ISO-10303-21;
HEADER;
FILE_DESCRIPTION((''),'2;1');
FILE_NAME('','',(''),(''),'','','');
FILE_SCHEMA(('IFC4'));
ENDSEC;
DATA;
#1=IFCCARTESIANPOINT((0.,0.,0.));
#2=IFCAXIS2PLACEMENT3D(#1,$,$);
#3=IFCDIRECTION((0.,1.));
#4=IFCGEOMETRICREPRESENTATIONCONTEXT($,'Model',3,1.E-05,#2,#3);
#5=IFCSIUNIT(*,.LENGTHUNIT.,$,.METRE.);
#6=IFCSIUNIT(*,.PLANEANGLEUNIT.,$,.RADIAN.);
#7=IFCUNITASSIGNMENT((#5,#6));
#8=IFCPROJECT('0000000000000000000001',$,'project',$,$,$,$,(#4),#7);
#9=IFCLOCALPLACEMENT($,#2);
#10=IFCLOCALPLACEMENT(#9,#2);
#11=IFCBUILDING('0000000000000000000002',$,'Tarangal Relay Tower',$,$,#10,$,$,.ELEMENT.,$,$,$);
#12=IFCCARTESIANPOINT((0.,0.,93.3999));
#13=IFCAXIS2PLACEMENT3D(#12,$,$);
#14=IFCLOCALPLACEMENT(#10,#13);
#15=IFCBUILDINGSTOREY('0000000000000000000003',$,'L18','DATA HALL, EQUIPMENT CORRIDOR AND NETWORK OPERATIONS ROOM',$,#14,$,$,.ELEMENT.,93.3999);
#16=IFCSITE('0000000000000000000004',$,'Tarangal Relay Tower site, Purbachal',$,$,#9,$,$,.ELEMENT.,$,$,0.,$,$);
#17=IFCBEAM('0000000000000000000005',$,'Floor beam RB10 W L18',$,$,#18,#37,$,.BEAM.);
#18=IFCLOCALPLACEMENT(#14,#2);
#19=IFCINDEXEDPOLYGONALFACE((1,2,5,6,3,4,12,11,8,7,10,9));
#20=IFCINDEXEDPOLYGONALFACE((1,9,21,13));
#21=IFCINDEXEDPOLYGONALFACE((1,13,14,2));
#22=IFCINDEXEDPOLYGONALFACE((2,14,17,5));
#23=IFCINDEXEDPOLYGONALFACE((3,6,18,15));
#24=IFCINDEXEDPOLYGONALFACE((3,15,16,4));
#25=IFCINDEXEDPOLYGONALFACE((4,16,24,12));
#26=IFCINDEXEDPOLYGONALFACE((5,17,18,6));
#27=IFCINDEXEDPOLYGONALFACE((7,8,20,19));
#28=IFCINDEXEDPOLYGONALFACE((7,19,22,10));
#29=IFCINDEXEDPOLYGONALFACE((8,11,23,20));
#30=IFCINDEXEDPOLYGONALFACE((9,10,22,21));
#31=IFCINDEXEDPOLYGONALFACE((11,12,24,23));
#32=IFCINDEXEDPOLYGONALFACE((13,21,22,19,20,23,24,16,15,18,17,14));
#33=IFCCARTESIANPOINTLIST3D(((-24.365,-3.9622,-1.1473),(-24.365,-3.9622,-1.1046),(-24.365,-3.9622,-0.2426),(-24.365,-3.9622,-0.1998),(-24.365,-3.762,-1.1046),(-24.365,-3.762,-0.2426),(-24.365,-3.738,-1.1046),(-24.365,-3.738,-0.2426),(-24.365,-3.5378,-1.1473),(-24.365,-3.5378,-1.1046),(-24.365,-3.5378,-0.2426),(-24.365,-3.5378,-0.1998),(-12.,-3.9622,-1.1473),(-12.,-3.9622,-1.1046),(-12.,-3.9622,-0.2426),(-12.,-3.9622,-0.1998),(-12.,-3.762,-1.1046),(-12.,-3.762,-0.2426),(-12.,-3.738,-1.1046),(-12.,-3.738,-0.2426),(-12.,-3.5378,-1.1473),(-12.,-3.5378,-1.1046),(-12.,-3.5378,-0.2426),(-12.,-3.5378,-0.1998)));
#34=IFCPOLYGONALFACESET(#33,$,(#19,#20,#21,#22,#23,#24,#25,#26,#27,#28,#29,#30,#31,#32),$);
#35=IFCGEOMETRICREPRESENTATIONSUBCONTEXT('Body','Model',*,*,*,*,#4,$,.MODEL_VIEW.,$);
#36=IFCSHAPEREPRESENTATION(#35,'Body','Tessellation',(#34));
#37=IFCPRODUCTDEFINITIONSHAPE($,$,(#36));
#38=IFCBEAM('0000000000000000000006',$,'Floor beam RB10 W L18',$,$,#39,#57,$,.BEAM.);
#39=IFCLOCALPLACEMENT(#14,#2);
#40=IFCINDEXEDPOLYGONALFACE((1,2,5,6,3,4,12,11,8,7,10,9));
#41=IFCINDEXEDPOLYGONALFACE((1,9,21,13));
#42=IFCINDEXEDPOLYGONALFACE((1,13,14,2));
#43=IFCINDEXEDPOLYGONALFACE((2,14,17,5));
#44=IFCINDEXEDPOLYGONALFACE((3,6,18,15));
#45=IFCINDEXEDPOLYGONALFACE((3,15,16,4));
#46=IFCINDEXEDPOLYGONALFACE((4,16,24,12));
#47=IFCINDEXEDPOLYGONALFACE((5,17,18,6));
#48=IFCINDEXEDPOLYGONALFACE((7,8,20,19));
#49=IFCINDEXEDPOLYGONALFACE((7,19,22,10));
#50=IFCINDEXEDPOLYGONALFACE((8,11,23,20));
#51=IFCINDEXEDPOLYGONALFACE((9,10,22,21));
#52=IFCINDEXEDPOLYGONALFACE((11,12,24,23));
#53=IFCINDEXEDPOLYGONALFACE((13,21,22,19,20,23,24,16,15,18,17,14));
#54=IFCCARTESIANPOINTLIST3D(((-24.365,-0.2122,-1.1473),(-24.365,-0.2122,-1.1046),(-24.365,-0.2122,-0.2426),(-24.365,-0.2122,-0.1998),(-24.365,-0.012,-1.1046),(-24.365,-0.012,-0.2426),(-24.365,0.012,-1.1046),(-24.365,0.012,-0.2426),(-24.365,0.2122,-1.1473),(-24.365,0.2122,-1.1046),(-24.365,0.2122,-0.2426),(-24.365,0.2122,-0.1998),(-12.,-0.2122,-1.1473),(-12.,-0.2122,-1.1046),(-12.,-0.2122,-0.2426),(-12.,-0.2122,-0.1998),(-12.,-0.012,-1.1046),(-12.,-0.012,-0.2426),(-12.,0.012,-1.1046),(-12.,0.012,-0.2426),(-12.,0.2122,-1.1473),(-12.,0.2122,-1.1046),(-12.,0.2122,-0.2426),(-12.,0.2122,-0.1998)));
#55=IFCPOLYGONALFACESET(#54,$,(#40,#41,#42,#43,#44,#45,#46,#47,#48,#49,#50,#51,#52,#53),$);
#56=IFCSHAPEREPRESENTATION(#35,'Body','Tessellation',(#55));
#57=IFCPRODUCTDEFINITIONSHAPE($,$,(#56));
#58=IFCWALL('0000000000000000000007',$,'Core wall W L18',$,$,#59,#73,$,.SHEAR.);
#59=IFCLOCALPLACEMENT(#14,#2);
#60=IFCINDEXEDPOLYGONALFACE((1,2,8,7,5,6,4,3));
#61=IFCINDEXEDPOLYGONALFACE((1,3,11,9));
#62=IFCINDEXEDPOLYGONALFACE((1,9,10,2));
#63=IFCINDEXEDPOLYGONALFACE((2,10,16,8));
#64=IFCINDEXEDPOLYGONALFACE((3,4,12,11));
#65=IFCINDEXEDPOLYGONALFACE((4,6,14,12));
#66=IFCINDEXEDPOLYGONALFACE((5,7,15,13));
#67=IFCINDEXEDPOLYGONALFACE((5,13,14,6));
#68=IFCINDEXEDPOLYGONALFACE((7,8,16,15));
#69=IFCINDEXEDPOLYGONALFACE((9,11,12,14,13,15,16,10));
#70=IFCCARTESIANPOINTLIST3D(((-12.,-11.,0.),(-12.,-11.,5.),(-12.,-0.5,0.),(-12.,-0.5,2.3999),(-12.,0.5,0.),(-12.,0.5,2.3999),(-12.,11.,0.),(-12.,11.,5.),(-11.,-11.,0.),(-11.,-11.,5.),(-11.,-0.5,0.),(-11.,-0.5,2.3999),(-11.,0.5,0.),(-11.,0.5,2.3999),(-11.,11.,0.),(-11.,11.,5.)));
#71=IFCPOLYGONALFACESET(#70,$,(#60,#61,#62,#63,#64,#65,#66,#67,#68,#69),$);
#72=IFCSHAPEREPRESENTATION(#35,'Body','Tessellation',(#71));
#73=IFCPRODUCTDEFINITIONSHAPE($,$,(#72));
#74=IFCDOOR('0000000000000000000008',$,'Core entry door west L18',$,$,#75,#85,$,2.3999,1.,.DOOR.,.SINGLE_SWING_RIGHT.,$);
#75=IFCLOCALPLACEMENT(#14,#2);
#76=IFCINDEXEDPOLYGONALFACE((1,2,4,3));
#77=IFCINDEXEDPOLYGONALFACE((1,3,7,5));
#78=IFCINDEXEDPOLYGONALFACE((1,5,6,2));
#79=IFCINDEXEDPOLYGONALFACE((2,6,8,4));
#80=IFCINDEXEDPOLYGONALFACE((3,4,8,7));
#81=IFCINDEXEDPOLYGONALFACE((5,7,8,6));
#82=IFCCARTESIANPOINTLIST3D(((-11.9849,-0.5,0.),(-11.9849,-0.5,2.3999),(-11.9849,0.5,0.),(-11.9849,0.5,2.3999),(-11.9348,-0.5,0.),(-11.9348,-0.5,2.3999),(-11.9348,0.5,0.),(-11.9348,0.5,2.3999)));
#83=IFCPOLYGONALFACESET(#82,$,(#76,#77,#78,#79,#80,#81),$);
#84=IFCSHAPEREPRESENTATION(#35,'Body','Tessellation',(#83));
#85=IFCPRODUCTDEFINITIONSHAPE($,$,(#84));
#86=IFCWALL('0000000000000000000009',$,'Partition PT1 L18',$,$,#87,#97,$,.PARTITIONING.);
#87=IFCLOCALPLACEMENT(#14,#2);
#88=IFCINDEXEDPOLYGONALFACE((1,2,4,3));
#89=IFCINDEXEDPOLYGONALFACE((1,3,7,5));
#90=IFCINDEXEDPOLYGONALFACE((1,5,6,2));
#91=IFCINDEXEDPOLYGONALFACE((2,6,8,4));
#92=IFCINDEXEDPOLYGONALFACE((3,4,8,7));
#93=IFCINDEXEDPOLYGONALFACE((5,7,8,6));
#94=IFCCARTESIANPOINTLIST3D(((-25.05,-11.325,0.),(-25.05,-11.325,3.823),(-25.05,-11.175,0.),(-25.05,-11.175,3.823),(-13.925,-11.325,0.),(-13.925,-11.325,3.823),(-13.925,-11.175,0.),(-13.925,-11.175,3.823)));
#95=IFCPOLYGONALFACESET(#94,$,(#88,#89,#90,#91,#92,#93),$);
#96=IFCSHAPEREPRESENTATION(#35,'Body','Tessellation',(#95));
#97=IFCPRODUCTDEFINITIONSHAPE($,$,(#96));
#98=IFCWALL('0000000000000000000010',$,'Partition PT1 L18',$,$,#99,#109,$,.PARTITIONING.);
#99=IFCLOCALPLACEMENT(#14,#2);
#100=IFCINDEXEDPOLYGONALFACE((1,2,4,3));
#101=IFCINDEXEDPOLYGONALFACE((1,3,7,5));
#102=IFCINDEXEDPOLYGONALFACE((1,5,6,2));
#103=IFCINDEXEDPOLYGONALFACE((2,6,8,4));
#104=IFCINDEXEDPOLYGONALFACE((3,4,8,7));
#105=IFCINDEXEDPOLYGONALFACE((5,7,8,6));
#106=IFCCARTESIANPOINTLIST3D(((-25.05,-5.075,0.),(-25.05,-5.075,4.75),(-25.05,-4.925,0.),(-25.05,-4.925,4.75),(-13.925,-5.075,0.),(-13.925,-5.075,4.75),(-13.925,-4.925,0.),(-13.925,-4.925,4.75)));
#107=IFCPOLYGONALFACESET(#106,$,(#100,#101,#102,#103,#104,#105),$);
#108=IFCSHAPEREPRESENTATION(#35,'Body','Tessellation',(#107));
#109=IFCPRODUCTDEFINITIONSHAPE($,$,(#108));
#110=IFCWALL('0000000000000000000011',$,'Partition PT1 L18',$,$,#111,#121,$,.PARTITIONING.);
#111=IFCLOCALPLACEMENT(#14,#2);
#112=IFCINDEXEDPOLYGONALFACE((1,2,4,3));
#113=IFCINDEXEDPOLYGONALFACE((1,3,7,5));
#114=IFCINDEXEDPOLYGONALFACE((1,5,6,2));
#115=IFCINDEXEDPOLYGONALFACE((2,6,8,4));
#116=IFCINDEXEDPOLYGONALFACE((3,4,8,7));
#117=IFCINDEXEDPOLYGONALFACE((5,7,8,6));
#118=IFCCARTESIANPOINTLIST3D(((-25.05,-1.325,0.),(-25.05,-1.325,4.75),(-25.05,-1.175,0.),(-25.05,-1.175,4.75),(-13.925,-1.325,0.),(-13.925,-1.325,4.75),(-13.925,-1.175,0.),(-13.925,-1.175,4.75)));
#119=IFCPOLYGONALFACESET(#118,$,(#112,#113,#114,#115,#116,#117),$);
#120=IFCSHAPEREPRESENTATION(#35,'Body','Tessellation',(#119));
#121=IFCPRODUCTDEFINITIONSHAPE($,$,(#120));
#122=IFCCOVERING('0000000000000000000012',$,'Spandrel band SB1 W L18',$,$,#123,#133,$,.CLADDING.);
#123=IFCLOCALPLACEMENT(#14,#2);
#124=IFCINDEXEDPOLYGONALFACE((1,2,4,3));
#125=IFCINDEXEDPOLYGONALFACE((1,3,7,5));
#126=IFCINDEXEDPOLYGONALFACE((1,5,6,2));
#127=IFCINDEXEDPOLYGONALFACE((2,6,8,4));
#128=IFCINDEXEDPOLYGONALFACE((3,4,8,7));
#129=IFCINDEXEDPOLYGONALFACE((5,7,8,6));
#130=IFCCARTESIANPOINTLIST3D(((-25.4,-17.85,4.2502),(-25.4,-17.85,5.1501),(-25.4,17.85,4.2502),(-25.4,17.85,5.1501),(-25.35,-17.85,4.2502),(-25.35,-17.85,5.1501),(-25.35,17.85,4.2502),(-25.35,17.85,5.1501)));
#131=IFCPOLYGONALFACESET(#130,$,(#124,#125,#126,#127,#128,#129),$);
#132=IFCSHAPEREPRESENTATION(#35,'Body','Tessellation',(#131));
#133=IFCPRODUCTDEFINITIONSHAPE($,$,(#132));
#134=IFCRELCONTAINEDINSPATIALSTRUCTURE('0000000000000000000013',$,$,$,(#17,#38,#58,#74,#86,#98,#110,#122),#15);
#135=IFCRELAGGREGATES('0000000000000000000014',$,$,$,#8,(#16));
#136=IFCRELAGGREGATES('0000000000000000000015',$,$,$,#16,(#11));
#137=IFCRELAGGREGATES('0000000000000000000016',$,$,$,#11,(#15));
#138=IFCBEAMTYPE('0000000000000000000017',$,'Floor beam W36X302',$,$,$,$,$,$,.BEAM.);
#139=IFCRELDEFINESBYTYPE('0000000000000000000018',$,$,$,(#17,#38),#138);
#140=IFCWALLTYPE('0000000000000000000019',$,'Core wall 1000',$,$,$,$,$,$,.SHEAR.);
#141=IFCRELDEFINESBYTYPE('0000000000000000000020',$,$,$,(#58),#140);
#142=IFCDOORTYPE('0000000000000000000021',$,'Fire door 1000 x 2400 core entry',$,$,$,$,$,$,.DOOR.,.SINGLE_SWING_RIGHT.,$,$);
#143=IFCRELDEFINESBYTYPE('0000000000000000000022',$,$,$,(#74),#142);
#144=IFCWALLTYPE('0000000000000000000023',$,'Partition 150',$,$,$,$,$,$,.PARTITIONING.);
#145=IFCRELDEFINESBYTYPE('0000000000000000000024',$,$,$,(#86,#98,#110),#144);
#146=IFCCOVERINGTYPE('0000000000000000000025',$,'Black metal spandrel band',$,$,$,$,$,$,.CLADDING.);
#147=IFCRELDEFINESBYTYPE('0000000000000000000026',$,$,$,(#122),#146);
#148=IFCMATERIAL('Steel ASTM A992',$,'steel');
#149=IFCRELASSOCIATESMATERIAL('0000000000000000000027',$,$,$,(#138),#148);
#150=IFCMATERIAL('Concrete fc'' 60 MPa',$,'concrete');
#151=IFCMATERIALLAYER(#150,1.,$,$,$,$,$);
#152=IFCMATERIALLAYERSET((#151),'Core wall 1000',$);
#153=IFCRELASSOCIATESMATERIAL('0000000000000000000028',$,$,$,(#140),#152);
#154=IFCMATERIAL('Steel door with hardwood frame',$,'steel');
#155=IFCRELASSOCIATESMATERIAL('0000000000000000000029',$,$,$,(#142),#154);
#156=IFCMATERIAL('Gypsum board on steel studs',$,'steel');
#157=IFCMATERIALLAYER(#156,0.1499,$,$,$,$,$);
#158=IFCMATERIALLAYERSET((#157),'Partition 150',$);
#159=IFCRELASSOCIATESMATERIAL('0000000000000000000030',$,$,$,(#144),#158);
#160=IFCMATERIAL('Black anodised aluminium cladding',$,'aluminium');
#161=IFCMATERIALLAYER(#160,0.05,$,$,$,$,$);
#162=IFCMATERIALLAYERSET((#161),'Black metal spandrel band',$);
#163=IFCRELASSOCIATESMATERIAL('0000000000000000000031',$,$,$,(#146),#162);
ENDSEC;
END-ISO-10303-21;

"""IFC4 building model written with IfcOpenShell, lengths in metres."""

from ifc_helpers import new_model, si_unit, direction, frame, frame_2d, origin, origin_2d, place, context, subcontext, project, spatial, rectangle, i_section, extrude, material, layer, layer_set, material_profile, profile_set, type_object, element, fill, save


model = new_model("IFC4")

# Units and contexts
model_context = context("Model", 3, precision=1e-05, world=origin(), true_north=direction((0.0, 1.0)))
body_context = subcontext(model_context, "Body", "Model", "MODEL_VIEW")
ifc_project = project(units=[si_unit("LENGTHUNIT", "METRE"), si_unit("PLANEANGLEUNIT", "RADIAN")], contexts=[model_context])

# Site, building, storey
site_placement = place(None, origin())
site = spatial("IfcSite", under=ifc_project, at=site_placement, Name="Tarangal Relay Tower site, Purbachal", CompositionType="ELEMENT", RefElevation=0.0)
building_placement = place(site_placement, origin())
building = spatial("IfcBuilding", under=site, at=building_placement, Name="Tarangal Relay Tower", CompositionType="ELEMENT")
storey_placement = place(building_placement, frame((0.0, 0.0, 93.3999)))
storey = spatial("IfcBuildingStorey", under=building, at=storey_placement, Name="L18", Description="DATA HALL, EQUIPMENT CORRIDOR AND NETWORK OPERATIONS ROOM", CompositionType="ELEMENT", Elevation=93.3999)

# Beams
ifc_material_1 = material(Name="Steel ASTM A992", Category="steel")
ifc_material_profile_1 = material_profile(ifc_material_1, i_section(OverallWidth=0.4243, OverallDepth=0.9475, WebThickness=0.0239, FlangeThickness=0.0427, at=origin_2d()), Name="W36X302")
ifc_profile_set_1 = profile_set([ifc_material_profile_1], Name="Steel ASTM A992")
beam_type_1 = type_object("IfcBeamType", Name="Floor beam W36X302", PredefinedType="BEAM", material=ifc_profile_set_1)
for number, where, z_axis, x_axis, name in (
    (1, (-12.0, -3.75, -0.6736), (-1.0, 0.0, 0.0), (0.0, -1.0, 0.0), "Floor beam RB10 W L18"),
    (2, (-12.0, 0.0, -0.6736), (-1.0, 0.0, 0.0), (0.0, -1.0, 0.0), "Floor beam RB10 W L18"),
):
    element("IfcBeam", number, at=place(storey_placement, frame(where, z_axis=z_axis, x_axis=x_axis)), inside=storey, type_object=beam_type_1, Name=name, PredefinedType="BEAM", context=body_context, shape_type="SweptSolid", body=[
        extrude(i_section(OverallWidth=0.4243, OverallDepth=0.9475, WebThickness=0.0239, FlangeThickness=0.0427, at=origin_2d()), origin(), (0.0, 0.0, 1.0), 12.365),
    ])

# Wall, opening, door
ifc_material_2 = material(Name="Concrete fc' 60 MPa", Category="concrete")
ifc_layer_1 = layer(ifc_material_2, 1.0)
ifc_layer_set_1 = layer_set([ifc_layer_1], Name="Core wall 1000")
wall_type_1 = type_object("IfcWallType", Name="Core wall 1000", PredefinedType="SHEAR", material=ifc_layer_set_1)
wall_1_placement = place(storey_placement, frame((-11.5, -11.0, 0.0), z_axis=(0.0, 0.0, 1.0), x_axis=(0.0, 1.0, 0.0)))
wall_1 = element("IfcWall", 3, at=wall_1_placement, inside=storey, type_object=wall_type_1, Name="Core wall W L18", PredefinedType="SHEAR", context=body_context, shape_type="SweptSolid", body=[
    extrude(rectangle(XDim=22.0, YDim=1.0, at=frame_2d((11.0, 0.0))), origin(), (0.0, 0.0, 1.0), 5.0),
])
opening_placement = place(wall_1_placement, frame((10.5, 0.0, 0.0)))
opening = element("IfcOpeningElement", 4, at=opening_placement, cuts=wall_1, PredefinedType="OPENING", context=body_context, shape_type="SweptSolid", body=[
    extrude(rectangle(XDim=1.0, YDim=2.3999, at=frame_2d((0.5, 1.2))), frame((0.0, 0.51, 0.0), z_axis=(0.0, -1.0, 0.0), x_axis=(1.0, 0.0, 0.0)), (0.0, 0.0, 1.0), 1.02),
])
ifc_material_3 = material(Name="Steel door with hardwood frame", Category="steel")
door_type = type_object("IfcDoorType", Name="Fire door 1000 x 2400 core entry", OperationType="SINGLE_SWING_RIGHT", PredefinedType="DOOR", material=ifc_material_3)
door_placement = place(opening_placement, origin())
door = element("IfcDoor", 5, at=door_placement, inside=storey, type_object=door_type, Name="Core entry door west L18", OperationType="SINGLE_SWING_RIGHT", OverallHeight=2.3999, OverallWidth=1.0, PredefinedType="DOOR", context=body_context, shape_type="SweptSolid", body=[
    extrude(rectangle(XDim=1.0, YDim=2.3999, at=frame_2d((0.5, 1.2))), frame((0.0, 0.4849, 0.0), z_axis=(0.0, -1.0, 0.0), x_axis=(1.0, 0.0, 0.0)), (0.0, 0.0, 1.0), 0.05),
])
fill(opening, door)

# Walls
ifc_material_4 = material(Name="Gypsum board on steel studs", Category="steel")
ifc_layer_2 = layer(ifc_material_4, 0.1499)
ifc_layer_set_2 = layer_set([ifc_layer_2], Name="Partition 150")
wall_type_2 = type_object("IfcWallType", Name="Partition 150", PredefinedType="PARTITIONING", material=ifc_layer_set_2)
wall_2_placement = place(storey_placement, frame((-25.05, -11.25, 0.0), z_axis=(0.0, 0.0, 1.0), x_axis=(1.0, 0.0, 0.0)))
element("IfcWall", 6, at=wall_2_placement, inside=storey, type_object=wall_type_2, Name="Partition PT1 L18", PredefinedType="PARTITIONING", context=body_context, shape_type="SweptSolid", body=[
    extrude(rectangle(XDim=11.125, YDim=0.1499, at=frame_2d((5.5625, 0.0))), origin(), (0.0, 0.0, 1.0), 3.823),
])
for number, where, z_axis, x_axis, name in (
    (7, (-25.05, -5.0, 0.0), (0.0, 0.0, 1.0), (1.0, 0.0, 0.0), "Partition PT1 L18"),
    (8, (-25.05, -1.25, 0.0), (0.0, 0.0, 1.0), (1.0, 0.0, 0.0), "Partition PT1 L18"),
):
    element("IfcWall", number, at=place(storey_placement, frame(where, z_axis=z_axis, x_axis=x_axis)), inside=storey, type_object=wall_type_2, Name=name, PredefinedType="PARTITIONING", context=body_context, shape_type="SweptSolid", body=[
        extrude(rectangle(XDim=11.125, YDim=0.1499, at=frame_2d((5.5625, 0.0))), origin(), (0.0, 0.0, 1.0), 4.75),
    ])

# Covering
ifc_material_5 = material(Name="Black anodised aluminium cladding", Category="aluminium")
ifc_layer_3 = layer(ifc_material_5, 0.05)
ifc_layer_set_3 = layer_set([ifc_layer_3], Name="Black metal spandrel band")
covering_type = type_object("IfcCoveringType", Name="Black metal spandrel band", PredefinedType="CLADDING", material=ifc_layer_set_3)
covering_placement = place(storey_placement, frame((-25.375, 0.0, 4.2502), z_axis=(0.0, 0.0, 1.0), x_axis=(0.0, 1.0, 0.0)))
element("IfcCovering", 9, at=covering_placement, inside=storey, type_object=covering_type, Name="Spandrel band SB1 W L18", PredefinedType="CLADDING", context=body_context, shape_type="SweptSolid", body=[
    extrude(rectangle(XDim=35.7, YDim=0.05, at=origin_2d()), origin(), (0.0, 0.0, 1.0), 0.8999),
])

save(model, "model.ifc")
